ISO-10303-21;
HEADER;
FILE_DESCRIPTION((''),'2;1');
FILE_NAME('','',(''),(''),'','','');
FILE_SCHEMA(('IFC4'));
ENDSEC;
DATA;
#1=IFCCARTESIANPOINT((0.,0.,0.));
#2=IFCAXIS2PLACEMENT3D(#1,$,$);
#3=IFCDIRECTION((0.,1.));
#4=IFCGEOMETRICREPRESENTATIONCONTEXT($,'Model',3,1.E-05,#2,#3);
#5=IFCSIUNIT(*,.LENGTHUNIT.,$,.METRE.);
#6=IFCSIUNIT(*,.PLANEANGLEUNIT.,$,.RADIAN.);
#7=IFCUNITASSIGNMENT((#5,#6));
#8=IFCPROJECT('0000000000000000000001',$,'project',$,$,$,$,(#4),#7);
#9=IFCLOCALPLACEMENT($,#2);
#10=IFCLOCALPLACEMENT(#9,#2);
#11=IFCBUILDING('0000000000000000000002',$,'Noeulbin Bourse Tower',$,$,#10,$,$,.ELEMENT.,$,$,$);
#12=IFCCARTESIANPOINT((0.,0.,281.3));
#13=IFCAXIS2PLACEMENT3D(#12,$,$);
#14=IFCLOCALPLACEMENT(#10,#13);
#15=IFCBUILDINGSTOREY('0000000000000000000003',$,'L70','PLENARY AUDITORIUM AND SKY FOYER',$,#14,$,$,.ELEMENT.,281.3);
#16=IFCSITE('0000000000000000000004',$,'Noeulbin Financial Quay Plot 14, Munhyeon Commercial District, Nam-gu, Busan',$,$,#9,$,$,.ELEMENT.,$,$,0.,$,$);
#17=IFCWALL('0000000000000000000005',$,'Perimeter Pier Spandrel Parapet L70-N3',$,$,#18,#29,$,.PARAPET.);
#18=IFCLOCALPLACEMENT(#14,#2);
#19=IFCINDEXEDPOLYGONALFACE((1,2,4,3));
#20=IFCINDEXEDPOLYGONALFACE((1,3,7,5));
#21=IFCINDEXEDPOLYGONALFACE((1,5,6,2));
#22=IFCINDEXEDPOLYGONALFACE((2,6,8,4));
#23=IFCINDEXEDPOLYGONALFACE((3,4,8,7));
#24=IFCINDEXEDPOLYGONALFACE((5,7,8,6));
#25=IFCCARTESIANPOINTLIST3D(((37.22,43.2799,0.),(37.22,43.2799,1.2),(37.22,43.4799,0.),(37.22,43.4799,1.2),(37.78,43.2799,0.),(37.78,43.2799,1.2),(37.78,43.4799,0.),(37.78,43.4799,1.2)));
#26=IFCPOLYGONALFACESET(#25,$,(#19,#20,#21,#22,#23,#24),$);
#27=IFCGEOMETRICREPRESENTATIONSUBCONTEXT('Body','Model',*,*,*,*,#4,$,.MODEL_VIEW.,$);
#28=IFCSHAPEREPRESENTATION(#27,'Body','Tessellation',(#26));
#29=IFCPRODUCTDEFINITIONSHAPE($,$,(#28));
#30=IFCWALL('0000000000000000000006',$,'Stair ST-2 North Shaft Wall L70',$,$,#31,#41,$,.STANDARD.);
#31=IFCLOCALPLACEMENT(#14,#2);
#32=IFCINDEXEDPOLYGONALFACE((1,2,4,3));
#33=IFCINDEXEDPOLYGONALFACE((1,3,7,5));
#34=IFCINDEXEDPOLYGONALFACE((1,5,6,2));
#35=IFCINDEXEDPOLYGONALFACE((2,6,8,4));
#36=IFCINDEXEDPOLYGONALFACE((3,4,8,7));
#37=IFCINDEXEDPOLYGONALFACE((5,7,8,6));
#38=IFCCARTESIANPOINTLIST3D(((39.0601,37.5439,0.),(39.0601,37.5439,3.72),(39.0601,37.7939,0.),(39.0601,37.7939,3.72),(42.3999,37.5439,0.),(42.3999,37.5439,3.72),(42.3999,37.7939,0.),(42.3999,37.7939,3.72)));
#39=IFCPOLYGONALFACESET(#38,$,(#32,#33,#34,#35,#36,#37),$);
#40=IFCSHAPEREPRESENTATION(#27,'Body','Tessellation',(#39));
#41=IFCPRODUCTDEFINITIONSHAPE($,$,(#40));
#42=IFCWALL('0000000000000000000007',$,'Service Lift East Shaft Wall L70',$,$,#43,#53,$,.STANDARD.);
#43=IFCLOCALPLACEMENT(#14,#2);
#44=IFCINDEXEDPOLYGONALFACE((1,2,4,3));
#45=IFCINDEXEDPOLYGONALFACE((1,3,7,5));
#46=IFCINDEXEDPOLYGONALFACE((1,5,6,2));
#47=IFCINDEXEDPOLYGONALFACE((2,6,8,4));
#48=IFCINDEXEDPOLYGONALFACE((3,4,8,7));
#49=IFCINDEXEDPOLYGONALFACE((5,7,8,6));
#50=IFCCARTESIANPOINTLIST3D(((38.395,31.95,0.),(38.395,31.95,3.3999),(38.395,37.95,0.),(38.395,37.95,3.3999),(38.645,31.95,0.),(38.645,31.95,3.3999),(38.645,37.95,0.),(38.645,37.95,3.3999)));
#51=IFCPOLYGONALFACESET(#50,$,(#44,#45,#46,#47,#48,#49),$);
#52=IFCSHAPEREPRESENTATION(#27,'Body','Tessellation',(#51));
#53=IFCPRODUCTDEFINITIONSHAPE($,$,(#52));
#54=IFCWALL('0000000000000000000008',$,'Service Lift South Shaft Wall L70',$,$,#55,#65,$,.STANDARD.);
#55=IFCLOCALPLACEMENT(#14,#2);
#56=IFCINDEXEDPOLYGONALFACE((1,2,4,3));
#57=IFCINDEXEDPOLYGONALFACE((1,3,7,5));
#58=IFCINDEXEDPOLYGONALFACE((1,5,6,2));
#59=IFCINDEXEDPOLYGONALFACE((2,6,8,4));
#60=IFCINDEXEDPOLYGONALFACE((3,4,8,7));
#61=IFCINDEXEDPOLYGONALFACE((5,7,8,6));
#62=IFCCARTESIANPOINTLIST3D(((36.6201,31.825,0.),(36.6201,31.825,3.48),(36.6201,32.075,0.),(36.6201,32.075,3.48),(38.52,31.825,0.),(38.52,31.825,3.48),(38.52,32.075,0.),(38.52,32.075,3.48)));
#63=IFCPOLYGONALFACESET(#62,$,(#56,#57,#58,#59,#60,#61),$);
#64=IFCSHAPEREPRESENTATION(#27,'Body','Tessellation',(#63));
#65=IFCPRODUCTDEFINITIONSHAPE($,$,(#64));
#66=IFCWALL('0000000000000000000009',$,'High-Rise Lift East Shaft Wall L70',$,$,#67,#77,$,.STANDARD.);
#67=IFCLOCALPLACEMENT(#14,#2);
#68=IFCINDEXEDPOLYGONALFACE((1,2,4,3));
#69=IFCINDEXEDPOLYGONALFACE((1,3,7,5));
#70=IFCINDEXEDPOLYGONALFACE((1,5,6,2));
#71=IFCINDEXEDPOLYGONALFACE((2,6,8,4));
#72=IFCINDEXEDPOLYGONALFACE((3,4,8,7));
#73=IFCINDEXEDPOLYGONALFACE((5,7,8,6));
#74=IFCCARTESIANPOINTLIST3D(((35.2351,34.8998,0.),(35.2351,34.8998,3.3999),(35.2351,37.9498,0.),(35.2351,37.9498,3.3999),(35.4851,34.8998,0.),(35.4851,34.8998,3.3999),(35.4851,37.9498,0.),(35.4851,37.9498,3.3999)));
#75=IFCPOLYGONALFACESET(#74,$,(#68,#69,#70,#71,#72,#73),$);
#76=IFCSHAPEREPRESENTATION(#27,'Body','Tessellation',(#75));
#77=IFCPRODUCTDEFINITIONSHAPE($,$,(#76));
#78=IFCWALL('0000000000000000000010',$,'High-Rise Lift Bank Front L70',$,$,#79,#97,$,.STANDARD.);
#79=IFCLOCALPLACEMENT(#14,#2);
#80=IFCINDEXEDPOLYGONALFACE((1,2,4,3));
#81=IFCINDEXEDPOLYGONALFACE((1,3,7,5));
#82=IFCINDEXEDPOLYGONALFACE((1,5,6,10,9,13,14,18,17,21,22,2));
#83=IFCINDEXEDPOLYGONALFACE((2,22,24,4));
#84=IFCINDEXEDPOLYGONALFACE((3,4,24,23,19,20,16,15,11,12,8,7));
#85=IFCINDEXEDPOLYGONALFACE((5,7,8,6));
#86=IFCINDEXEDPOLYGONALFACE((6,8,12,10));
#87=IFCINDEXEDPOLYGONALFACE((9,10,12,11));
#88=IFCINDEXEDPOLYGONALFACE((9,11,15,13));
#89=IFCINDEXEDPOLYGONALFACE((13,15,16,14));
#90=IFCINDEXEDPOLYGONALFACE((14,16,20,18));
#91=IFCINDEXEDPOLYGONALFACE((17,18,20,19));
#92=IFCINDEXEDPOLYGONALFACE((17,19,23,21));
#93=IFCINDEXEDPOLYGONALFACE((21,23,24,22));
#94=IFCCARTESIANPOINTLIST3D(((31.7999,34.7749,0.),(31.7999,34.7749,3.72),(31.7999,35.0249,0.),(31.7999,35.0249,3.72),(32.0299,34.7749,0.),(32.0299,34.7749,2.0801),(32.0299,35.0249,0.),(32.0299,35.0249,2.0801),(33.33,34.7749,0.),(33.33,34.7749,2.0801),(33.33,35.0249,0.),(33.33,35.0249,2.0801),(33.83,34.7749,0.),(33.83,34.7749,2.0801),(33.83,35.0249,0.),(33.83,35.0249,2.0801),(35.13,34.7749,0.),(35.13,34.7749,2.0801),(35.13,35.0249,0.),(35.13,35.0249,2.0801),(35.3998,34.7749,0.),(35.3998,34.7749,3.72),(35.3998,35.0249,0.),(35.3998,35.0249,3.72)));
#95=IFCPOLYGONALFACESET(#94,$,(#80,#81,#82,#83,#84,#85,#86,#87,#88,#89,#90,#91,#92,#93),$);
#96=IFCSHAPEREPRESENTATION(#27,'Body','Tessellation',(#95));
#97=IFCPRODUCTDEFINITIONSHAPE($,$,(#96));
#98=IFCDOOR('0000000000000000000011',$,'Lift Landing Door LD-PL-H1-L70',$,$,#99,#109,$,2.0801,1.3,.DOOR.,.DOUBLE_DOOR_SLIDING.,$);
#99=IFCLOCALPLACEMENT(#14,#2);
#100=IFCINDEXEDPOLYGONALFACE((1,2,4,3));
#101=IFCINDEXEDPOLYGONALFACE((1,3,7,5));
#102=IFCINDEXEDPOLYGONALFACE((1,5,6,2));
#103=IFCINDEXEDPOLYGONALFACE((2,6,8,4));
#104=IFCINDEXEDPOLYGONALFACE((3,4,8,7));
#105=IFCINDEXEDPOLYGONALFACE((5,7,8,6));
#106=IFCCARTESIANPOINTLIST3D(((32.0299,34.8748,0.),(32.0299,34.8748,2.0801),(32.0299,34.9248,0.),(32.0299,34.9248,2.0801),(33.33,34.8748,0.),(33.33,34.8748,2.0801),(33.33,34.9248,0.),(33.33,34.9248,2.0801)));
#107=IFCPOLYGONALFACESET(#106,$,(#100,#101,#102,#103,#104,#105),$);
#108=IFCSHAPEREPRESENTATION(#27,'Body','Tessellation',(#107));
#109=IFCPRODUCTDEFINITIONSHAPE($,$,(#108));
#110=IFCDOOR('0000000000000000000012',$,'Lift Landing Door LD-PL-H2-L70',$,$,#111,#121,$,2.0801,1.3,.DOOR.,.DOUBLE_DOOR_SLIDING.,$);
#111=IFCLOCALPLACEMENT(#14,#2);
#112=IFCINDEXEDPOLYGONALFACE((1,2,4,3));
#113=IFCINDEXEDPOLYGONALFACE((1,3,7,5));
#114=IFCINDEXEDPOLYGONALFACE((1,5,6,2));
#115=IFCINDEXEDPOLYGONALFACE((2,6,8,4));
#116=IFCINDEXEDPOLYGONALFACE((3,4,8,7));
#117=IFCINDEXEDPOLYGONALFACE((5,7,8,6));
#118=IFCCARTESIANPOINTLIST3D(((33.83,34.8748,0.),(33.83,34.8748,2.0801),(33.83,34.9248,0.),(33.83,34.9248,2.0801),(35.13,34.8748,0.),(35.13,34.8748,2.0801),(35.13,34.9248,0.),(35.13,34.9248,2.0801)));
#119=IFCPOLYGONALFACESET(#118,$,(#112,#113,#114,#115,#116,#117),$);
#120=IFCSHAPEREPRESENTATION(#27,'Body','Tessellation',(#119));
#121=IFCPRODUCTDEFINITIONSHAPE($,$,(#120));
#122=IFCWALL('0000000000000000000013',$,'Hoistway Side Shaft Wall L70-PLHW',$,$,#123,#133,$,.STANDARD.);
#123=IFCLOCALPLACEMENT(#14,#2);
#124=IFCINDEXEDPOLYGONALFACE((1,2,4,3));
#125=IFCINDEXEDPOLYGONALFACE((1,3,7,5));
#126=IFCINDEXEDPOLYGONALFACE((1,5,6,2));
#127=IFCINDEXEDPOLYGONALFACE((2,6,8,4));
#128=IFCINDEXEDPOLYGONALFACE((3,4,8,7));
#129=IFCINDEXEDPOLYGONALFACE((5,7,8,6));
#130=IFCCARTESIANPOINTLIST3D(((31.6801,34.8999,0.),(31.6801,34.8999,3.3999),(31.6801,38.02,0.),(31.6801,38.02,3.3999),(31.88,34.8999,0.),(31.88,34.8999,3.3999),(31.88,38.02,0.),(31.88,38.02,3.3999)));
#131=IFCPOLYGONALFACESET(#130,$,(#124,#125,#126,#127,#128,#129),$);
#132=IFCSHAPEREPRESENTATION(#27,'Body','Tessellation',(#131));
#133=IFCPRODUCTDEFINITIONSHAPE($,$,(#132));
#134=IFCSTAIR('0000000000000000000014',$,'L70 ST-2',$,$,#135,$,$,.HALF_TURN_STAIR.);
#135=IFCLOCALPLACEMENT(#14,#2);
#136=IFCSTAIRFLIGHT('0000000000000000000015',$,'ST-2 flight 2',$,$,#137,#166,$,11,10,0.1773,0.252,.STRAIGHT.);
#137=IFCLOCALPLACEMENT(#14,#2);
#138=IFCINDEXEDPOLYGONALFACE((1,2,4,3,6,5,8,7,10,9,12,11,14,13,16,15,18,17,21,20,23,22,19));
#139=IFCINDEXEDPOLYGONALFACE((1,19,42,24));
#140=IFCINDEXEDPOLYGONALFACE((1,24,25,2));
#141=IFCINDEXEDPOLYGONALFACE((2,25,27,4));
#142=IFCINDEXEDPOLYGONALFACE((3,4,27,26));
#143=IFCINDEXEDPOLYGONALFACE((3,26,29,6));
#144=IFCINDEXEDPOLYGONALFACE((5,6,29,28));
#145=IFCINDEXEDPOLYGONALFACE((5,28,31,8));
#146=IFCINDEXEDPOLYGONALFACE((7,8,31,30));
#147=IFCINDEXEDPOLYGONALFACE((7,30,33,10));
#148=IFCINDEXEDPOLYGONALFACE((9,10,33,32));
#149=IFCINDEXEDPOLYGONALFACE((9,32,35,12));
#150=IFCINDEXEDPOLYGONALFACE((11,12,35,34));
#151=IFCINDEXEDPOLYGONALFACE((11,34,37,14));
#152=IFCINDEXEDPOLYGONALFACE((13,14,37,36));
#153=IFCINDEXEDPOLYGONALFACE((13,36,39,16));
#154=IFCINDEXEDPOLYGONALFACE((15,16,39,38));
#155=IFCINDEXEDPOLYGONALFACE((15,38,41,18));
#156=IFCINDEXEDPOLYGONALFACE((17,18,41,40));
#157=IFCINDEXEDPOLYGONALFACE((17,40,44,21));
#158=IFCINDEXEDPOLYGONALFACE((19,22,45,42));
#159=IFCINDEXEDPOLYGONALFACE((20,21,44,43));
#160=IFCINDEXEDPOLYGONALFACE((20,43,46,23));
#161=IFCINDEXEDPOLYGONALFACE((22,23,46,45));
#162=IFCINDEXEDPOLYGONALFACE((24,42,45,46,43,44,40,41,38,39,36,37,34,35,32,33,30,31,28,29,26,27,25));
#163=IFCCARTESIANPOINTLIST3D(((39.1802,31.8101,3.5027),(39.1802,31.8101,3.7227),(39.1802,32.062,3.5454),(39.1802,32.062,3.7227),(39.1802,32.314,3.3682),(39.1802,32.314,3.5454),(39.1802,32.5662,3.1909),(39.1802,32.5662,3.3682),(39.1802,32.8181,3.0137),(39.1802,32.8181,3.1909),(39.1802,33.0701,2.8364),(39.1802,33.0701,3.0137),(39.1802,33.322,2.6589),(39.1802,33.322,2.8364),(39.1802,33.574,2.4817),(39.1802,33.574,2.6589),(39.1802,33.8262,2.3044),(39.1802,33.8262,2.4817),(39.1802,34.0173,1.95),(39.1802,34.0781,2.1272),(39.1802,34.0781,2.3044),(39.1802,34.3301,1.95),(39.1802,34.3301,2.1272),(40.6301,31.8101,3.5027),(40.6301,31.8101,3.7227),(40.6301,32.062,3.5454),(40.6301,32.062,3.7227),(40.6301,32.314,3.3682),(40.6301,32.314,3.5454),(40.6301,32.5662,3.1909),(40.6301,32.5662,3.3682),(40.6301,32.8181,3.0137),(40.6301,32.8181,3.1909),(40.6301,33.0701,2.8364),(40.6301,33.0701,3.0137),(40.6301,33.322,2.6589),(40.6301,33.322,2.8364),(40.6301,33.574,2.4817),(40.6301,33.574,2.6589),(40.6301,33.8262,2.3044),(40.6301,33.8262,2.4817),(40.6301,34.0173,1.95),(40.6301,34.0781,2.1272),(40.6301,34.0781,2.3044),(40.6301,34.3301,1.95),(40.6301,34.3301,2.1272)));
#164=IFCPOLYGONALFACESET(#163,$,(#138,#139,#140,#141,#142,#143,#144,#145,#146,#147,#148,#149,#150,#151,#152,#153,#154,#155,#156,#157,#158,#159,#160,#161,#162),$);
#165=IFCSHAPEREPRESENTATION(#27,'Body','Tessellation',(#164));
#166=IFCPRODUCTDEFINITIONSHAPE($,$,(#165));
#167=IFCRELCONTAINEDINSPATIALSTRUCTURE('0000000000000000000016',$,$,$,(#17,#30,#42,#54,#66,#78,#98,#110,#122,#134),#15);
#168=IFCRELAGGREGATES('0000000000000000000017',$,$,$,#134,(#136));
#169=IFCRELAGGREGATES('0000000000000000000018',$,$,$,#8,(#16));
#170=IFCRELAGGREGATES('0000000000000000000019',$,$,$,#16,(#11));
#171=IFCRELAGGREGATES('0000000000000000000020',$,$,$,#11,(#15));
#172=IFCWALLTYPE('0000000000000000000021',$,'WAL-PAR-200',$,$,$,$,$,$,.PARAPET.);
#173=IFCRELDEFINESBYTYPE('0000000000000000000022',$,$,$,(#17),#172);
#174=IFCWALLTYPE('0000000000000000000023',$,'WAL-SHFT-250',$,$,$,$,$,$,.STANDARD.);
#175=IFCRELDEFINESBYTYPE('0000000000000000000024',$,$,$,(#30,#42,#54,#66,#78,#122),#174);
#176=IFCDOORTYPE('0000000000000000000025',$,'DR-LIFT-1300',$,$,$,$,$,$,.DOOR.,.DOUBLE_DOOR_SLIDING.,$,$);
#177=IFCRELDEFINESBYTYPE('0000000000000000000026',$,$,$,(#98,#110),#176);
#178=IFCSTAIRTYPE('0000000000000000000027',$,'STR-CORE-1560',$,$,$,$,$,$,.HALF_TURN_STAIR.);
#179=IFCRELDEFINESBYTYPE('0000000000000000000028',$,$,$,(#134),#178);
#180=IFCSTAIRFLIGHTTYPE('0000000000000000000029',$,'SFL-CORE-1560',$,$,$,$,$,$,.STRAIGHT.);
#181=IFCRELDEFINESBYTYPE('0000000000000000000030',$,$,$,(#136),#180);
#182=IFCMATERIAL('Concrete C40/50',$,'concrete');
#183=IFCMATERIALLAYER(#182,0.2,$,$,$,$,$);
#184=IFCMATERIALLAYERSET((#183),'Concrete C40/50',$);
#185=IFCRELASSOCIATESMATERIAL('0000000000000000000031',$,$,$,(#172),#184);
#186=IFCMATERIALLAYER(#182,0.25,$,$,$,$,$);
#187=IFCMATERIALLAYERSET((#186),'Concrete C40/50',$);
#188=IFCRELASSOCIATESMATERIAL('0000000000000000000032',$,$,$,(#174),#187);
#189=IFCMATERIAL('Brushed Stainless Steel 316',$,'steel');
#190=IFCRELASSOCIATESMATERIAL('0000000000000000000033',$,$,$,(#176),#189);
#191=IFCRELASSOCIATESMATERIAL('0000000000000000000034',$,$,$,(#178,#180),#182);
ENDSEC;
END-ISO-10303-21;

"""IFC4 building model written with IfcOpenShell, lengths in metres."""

from ifc_helpers import new_model, si_unit, direction, frame, frame_2d, origin, place, context, subcontext, project, spatial, polyline, rectangle, outline, extrude, material, layer, layer_set, type_object, element, fill, aggregate, save


model = new_model("IFC4")

# Units and contexts
model_context = context("Model", 3, precision=1e-05, world=origin(), true_north=direction((0.0, 1.0)))
body_context = subcontext(model_context, "Body", "Model", "MODEL_VIEW")
ifc_project = project(units=[si_unit("LENGTHUNIT", "METRE"), si_unit("PLANEANGLEUNIT", "RADIAN")], contexts=[model_context])

# Site, building, storey
site_placement = place(None, origin())
site = spatial("IfcSite", under=ifc_project, at=site_placement, Name="Noeulbin Financial Quay Plot 14, Munhyeon Commercial District, Nam-gu, Busan", CompositionType="ELEMENT", RefElevation=0.0)
building_placement = place(site_placement, origin())
building = spatial("IfcBuilding", under=site, at=building_placement, Name="Noeulbin Bourse Tower", CompositionType="ELEMENT")
storey_placement = place(building_placement, frame((0.0, 0.0, 281.3)))
storey = spatial("IfcBuildingStorey", under=building, at=storey_placement, Name="L70", Description="PLENARY AUDITORIUM AND SKY FOYER", CompositionType="ELEMENT", Elevation=281.3)

# Walls
ifc_material_1 = material(Name="Concrete C40/50", Category="concrete")
ifc_layer_1 = layer(ifc_material_1, 0.2)
ifc_layer_set_1 = layer_set([ifc_layer_1], Name="Concrete C40/50")
wall_type_1 = type_object("IfcWallType", Name="WAL-PAR-200", PredefinedType="PARAPET", material=ifc_layer_set_1)
wall_1_placement = place(storey_placement, frame((37.22, 43.3799, 0.0), z_axis=(0.0, 0.0, 1.0), x_axis=(1.0, 0.0, 0.0)))
element("IfcWall", 1, at=wall_1_placement, inside=storey, type_object=wall_type_1, Name="Perimeter Pier Spandrel Parapet L70-N3", PredefinedType="PARAPET", context=body_context, shape_type="SweptSolid", body=[
    extrude(rectangle(XDim=0.5601, YDim=0.2, at=frame_2d((0.28, 0.0))), origin(), (0.0, 0.0, 1.0), 1.2),
])
ifc_layer_2 = layer(ifc_material_1, 0.25)
ifc_layer_set_2 = layer_set([ifc_layer_2], Name="Concrete C40/50")
wall_type_2 = type_object("IfcWallType", Name="WAL-SHFT-250", PredefinedType="STANDARD", material=ifc_layer_set_2)
wall_2_placement = place(storey_placement, frame((39.0601, 37.6689, 0.0), z_axis=(0.0, 0.0, 1.0), x_axis=(1.0, 0.0, 0.0)))
element("IfcWall", 2, at=wall_2_placement, inside=storey, type_object=wall_type_2, Name="Stair ST-2 North Shaft Wall L70", PredefinedType="STANDARD", context=body_context, shape_type="SweptSolid", body=[
    extrude(rectangle(XDim=3.3398, YDim=0.25, at=frame_2d((1.6699, 0.0))), origin(), (0.0, 0.0, 1.0), 3.72),
])
wall_3_placement = place(storey_placement, frame((38.52, 31.95, 0.0), z_axis=(0.0, 0.0, 1.0), x_axis=(0.0, 1.0, 0.0)))
element("IfcWall", 3, at=wall_3_placement, inside=storey, type_object=wall_type_2, Name="Service Lift East Shaft Wall L70", PredefinedType="STANDARD", context=body_context, shape_type="SweptSolid", body=[
    extrude(rectangle(XDim=6.0, YDim=0.25, at=frame_2d((3.0, 0.0))), origin(), (0.0, 0.0, 1.0), 3.3999),
])
wall_4_placement = place(storey_placement, frame((36.6201, 31.95, 0.0), z_axis=(0.0, 0.0, 1.0), x_axis=(1.0, 0.0, 0.0)))
element("IfcWall", 4, at=wall_4_placement, inside=storey, type_object=wall_type_2, Name="Service Lift South Shaft Wall L70", PredefinedType="STANDARD", context=body_context, shape_type="SweptSolid", body=[
    extrude(rectangle(XDim=1.8999, YDim=0.25, at=frame_2d((0.95, 0.0))), origin(), (0.0, 0.0, 1.0), 3.48),
])
wall_5_placement = place(storey_placement, frame((35.3601, 34.8999, 0.0), z_axis=(0.0, 0.0, 1.0), x_axis=(0.0, 1.0, 0.0)))
element("IfcWall", 5, at=wall_5_placement, inside=storey, type_object=wall_type_2, Name="High-Rise Lift East Shaft Wall L70", PredefinedType="STANDARD", context=body_context, shape_type="SweptSolid", body=[
    extrude(rectangle(XDim=3.05, YDim=0.25, at=frame_2d((1.5249, 0.0))), origin(), (0.0, 0.0, 1.0), 3.3999),
])

# Wall, openings, doors
wall_6_placement = place(storey_placement, frame((31.8, 34.8999, 0.0), z_axis=(0.0, 0.0, 1.0), x_axis=(1.0, 0.0, 0.0)))
wall_6 = element("IfcWall", 6, at=wall_6_placement, inside=storey, type_object=wall_type_2, Name="High-Rise Lift Bank Front L70", PredefinedType="STANDARD", context=body_context, shape_type="SweptSolid", body=[
    extrude(rectangle(XDim=3.5999, YDim=0.25, at=frame_2d((1.7998, 0.0))), origin(), (0.0, 0.0, 1.0), 3.72),
])
opening_1_placement = place(wall_6_placement, frame((0.23, 0.0, 0.0)))
opening_1 = element("IfcOpeningElement", 7, at=opening_1_placement, cuts=wall_6, PredefinedType="OPENING", context=body_context, shape_type="SweptSolid", body=[
    extrude(rectangle(XDim=1.3, YDim=2.0801, at=frame_2d((0.6499, 1.04))), frame((0.0, 0.135, 0.0), z_axis=(0.0, -1.0, 0.0), x_axis=(1.0, 0.0, 0.0)), (0.0, 0.0, 1.0), 0.27),
])
opening_2_placement = place(wall_6_placement, frame((2.03, 0.0, 0.0)))
opening_2 = element("IfcOpeningElement", 8, at=opening_2_placement, cuts=wall_6, PredefinedType="OPENING", context=body_context, shape_type="SweptSolid", body=[
    extrude(rectangle(XDim=1.3, YDim=2.0801, at=frame_2d((0.6499, 1.04))), frame((0.0, 0.135, 0.0), z_axis=(0.0, -1.0, 0.0), x_axis=(1.0, 0.0, 0.0)), (0.0, 0.0, 1.0), 0.27),
])
ifc_material_2 = material(Name="Brushed Stainless Steel 316", Category="steel")
door_type = type_object("IfcDoorType", Name="DR-LIFT-1300", OperationType="DOUBLE_DOOR_SLIDING", PredefinedType="DOOR", material=ifc_material_2)
door_1_placement = place(opening_1_placement, origin())
door_1 = element("IfcDoor", 9, at=door_1_placement, inside=storey, type_object=door_type, Name="Lift Landing Door LD-PL-H1-L70", OperationType="DOUBLE_DOOR_SLIDING", OverallHeight=2.0801, OverallWidth=1.3, PredefinedType="DOOR", context=body_context, shape_type="SweptSolid", body=[
    extrude(rectangle(XDim=1.3, YDim=2.0801, at=frame_2d((0.6499, 1.04))), frame((0.0, 0.0249, 0.0), z_axis=(0.0, -1.0, 0.0), x_axis=(1.0, 0.0, 0.0)), (0.0, 0.0, 1.0), 0.05),
])
fill(opening_1, door_1)
door_2_placement = place(opening_2_placement, origin())
door_2 = element("IfcDoor", 10, at=door_2_placement, inside=storey, type_object=door_type, Name="Lift Landing Door LD-PL-H2-L70", OperationType="DOUBLE_DOOR_SLIDING", OverallHeight=2.0801, OverallWidth=1.3, PredefinedType="DOOR", context=body_context, shape_type="SweptSolid", body=[
    extrude(rectangle(XDim=1.3, YDim=2.0801, at=frame_2d((0.6499, 1.04))), frame((0.0, 0.0249, 0.0), z_axis=(0.0, -1.0, 0.0), x_axis=(1.0, 0.0, 0.0)), (0.0, 0.0, 1.0), 0.05),
])
fill(opening_2, door_2)

# Wall
wall_7_placement = place(storey_placement, frame((31.78, 34.8999, 0.0), z_axis=(0.0, 0.0, 1.0), x_axis=(0.0, 1.0, 0.0)))
element("IfcWall", 11, at=wall_7_placement, inside=storey, type_object=wall_type_2, Name="Hoistway Side Shaft Wall L70-PLHW", PredefinedType="STANDARD", context=body_context, shape_type="SweptSolid", body=[
    extrude(rectangle(XDim=3.1201, YDim=0.2, at=frame_2d((1.5601, 0.0))), origin(), (0.0, 0.0, 1.0), 3.3999),
])

# Stair, stair flight
stair_type = type_object("IfcStairType", Name="STR-CORE-1560", PredefinedType="HALF_TURN_STAIR", material=ifc_material_1)
stair_placement = place(storey_placement, origin())
stair = element("IfcStair", 12, at=stair_placement, inside=storey, type_object=stair_type, Name="L70 ST-2", PredefinedType="HALF_TURN_STAIR")
stair_flight_type = type_object("IfcStairFlightType", Name="SFL-CORE-1560", PredefinedType="STRAIGHT", material=ifc_material_1)
stair_flight_placement = place(storey_placement, frame((39.905, 34.3301, 1.95), z_axis=(0.0, 0.0, 1.0), x_axis=(0.0, -1.0, 0.0)))
stair_flight = element("IfcStairFlight", 13, at=stair_flight_placement, type_object=stair_flight_type, Name="ST-2 flight 2", NumberOfRisers=11, NumberOfTreads=10, PredefinedType="STRAIGHT", RiserHeight=0.1773, TreadLength=0.252, context=body_context, shape_type="SweptSolid", body=[
    extrude(outline(polyline([(0.0, 0.0), (0.0, 0.1772), (0.252, 0.1772), (0.252, 0.3545), (0.5039, 0.3545), (0.5039, 0.5317), (0.7561, 0.5317), (0.7561, 0.709), (1.0081, 0.709), (1.0081, 0.8865), (1.26, 0.8865), (1.26, 1.0637), (1.512, 1.0637), (1.512, 1.241), (1.7639, 1.241), (1.7639, 1.4182), (2.0161, 1.4182), (2.0161, 1.5955), (2.2681, 1.5955), (2.2681, 1.7727), (2.52, 1.7727), (2.52, 1.95), (2.52, 1.5527), (0.3127, 0.0), (0.0, 0.0)])), frame((0.0, 0.7251, 0.0), z_axis=(0.0, -1.0, 0.0), x_axis=(1.0, 0.0, 0.0)), (0.0, 0.0, 1.0), 1.45),
])
aggregate(stair, [stair_flight])

save(model, "model.ifc")
